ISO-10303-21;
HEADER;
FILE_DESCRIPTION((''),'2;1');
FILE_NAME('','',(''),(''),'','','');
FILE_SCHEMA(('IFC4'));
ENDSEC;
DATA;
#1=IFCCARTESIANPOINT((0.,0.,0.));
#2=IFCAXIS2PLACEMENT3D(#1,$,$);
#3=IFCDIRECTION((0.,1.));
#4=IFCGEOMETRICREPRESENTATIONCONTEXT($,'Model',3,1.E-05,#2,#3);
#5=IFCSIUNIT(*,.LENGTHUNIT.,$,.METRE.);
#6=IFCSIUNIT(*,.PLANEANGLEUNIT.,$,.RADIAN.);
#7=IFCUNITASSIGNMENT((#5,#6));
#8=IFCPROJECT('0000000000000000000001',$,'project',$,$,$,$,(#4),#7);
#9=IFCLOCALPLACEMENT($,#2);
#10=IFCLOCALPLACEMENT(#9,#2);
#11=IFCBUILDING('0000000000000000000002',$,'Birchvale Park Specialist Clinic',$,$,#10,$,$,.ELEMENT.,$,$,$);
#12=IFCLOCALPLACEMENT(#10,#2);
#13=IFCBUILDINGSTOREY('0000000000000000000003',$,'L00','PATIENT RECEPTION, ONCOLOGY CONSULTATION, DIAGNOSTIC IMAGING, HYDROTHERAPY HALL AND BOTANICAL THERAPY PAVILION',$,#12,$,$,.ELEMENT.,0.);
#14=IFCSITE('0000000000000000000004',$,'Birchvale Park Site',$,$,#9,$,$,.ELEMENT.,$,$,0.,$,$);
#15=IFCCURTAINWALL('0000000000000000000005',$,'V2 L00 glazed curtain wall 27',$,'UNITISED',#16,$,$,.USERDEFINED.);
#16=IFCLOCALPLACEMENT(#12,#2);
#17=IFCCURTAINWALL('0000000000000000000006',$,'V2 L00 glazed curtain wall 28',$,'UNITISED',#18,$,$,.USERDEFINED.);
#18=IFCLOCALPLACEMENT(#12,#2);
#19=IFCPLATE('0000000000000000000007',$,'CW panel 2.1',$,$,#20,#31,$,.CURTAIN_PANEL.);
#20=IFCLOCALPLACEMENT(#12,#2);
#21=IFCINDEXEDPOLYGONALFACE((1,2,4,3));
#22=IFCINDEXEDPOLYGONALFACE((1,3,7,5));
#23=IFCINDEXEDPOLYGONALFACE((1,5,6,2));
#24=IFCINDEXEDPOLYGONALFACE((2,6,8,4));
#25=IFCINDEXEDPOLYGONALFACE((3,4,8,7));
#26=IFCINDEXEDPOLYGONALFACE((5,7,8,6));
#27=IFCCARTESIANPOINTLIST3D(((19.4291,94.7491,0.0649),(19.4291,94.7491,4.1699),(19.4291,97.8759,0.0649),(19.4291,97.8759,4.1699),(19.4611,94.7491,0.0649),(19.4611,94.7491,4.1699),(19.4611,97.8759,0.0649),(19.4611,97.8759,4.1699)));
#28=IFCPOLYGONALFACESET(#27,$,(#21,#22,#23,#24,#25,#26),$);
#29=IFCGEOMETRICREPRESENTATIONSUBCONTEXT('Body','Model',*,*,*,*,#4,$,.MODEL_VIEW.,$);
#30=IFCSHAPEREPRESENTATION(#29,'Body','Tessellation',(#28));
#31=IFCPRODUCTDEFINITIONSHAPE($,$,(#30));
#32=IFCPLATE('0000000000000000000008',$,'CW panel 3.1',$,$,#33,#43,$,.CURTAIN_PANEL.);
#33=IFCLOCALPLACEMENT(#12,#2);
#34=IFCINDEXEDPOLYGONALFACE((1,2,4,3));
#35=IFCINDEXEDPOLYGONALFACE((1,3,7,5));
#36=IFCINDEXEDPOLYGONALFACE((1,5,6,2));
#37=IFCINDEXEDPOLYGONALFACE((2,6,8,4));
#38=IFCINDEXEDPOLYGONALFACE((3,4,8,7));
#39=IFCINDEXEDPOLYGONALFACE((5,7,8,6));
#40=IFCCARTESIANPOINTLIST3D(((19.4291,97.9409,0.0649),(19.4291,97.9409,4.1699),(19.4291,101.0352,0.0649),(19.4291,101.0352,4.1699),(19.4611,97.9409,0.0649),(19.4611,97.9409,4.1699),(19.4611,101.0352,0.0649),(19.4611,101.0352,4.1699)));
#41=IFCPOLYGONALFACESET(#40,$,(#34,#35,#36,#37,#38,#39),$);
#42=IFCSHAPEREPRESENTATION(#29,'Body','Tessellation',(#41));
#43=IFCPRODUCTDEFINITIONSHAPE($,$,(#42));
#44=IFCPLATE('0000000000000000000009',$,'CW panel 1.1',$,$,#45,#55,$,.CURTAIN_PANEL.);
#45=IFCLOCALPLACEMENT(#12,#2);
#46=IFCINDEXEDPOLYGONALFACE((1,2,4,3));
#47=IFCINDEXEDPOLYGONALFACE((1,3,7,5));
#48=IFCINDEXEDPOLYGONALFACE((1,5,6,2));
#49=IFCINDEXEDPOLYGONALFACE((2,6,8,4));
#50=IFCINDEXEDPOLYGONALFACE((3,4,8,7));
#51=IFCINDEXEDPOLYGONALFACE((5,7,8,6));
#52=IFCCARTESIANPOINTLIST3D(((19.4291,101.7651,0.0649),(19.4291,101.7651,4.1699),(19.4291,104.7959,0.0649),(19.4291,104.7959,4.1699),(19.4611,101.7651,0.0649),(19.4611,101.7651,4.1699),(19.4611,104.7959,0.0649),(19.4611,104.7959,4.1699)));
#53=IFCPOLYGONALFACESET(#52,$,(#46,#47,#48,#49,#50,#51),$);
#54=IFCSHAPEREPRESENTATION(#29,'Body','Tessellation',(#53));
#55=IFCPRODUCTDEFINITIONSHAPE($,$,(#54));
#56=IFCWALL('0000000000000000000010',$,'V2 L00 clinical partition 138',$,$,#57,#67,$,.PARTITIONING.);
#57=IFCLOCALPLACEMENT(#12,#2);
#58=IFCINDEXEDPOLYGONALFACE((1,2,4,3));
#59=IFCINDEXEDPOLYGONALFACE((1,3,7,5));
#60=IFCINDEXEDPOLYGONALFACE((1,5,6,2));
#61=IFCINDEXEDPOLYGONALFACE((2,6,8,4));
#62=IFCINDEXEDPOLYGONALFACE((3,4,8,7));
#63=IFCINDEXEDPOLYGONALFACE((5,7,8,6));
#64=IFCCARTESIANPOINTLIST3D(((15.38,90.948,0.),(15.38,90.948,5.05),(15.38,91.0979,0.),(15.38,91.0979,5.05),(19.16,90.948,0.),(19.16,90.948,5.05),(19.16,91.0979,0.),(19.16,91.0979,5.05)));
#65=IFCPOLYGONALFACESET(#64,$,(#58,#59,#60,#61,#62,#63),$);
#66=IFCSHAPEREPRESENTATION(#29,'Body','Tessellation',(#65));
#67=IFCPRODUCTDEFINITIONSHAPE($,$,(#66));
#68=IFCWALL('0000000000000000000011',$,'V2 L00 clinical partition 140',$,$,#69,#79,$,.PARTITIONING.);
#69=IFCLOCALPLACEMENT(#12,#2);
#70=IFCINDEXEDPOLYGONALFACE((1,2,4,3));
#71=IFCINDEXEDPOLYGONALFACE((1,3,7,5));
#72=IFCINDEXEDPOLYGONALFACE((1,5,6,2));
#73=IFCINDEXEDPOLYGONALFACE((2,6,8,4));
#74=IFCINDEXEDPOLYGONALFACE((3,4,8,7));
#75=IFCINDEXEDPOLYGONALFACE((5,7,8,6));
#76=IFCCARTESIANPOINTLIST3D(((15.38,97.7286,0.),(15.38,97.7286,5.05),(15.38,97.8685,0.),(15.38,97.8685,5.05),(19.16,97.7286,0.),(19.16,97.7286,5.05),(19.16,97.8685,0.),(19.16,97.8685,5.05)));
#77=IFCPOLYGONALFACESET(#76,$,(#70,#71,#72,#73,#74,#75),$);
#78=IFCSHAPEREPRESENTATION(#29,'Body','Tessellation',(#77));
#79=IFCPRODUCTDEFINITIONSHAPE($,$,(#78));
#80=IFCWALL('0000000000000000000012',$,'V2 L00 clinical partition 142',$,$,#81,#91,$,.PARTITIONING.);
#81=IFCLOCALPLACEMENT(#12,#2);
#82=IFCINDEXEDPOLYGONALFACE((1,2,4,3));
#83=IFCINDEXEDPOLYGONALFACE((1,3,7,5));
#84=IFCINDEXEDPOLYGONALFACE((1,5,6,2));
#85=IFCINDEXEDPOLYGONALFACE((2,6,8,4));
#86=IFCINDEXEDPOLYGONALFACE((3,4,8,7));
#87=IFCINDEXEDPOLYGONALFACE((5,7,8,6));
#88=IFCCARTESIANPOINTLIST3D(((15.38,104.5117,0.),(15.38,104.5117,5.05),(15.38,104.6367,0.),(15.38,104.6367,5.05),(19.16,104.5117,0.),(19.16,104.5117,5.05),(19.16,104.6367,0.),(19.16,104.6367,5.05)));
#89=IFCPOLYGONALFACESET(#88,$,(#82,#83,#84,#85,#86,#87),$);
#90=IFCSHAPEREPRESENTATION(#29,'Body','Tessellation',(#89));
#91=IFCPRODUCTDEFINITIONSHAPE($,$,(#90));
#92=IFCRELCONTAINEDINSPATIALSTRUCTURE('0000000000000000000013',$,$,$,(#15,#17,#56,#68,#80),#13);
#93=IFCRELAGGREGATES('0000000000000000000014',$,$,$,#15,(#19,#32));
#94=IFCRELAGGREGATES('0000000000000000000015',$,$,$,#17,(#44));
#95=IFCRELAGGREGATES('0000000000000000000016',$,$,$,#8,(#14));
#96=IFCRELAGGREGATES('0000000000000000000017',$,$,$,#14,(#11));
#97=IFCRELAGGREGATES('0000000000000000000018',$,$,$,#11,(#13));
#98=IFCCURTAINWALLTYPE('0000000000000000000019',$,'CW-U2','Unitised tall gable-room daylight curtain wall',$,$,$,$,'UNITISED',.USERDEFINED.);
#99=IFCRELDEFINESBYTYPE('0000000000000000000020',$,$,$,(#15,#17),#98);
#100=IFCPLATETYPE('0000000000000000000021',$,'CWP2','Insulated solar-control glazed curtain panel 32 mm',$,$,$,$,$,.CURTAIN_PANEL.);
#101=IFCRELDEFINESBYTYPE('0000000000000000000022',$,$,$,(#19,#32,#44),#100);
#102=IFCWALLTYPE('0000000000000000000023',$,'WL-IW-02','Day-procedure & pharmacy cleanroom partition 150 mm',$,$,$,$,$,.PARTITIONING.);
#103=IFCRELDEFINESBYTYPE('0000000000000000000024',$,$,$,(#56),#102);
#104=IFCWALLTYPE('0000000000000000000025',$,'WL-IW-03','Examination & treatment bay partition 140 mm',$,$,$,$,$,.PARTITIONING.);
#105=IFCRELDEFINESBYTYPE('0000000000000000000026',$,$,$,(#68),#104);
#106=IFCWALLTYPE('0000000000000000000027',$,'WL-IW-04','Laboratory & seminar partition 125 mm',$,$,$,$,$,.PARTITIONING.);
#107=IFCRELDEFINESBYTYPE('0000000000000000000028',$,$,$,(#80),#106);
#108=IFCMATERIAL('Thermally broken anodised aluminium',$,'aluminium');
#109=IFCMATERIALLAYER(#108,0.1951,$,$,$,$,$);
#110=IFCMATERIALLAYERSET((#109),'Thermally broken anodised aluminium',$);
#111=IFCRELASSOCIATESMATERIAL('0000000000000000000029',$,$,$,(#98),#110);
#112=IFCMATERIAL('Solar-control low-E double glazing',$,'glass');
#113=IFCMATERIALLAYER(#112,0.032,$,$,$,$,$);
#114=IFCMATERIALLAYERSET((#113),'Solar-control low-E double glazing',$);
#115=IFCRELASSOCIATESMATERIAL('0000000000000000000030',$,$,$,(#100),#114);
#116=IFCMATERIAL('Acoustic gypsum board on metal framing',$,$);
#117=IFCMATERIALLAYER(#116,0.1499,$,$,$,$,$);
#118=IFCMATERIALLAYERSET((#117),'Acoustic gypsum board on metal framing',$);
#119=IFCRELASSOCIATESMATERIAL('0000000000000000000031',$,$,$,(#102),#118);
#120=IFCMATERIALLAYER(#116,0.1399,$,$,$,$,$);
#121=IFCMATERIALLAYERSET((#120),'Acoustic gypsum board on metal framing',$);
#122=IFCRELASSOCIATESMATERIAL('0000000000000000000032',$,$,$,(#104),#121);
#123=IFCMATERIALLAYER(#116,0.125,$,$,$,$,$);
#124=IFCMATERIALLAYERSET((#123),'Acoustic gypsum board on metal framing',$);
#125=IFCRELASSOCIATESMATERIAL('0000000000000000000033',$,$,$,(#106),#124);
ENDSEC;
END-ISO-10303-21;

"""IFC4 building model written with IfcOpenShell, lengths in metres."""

from ifc_helpers import new_model, si_unit, direction, frame, frame_2d, origin, origin_2d, place, context, subcontext, project, spatial, rectangle, extrude, material, layer, layer_set, type_object, element, aggregate, save


model = new_model("IFC4")

# Units and contexts
model_context = context("Model", 3, precision=1e-05, world=origin(), true_north=direction((0.0, 1.0)))
body_context = subcontext(model_context, "Body", "Model", "MODEL_VIEW")
ifc_project = project(units=[si_unit("LENGTHUNIT", "METRE"), si_unit("PLANEANGLEUNIT", "RADIAN")], contexts=[model_context])

# Site, building, storey
site_placement = place(None, origin())
site = spatial("IfcSite", under=ifc_project, at=site_placement, Name="Birchvale Park Site", CompositionType="ELEMENT", RefElevation=0.0)
building_placement = place(site_placement, origin())
building = spatial("IfcBuilding", under=site, at=building_placement, Name="Birchvale Park Specialist Clinic", CompositionType="ELEMENT")
storey_placement = place(building_placement, origin())
storey = spatial("IfcBuildingStorey", under=building, at=storey_placement, Name="L00", Description="PATIENT RECEPTION, ONCOLOGY CONSULTATION, DIAGNOSTIC IMAGING, HYDROTHERAPY HALL AND BOTANICAL THERAPY PAVILION", CompositionType="ELEMENT", Elevation=0.0)

# Shared definitions
ifc_material_1 = material(Name="Thermally broken anodised aluminium", Category="aluminium")
ifc_layer_1 = layer(ifc_material_1, 0.1951)
ifc_layer_set_1 = layer_set([ifc_layer_1], Name="Thermally broken anodised aluminium")
curtain_wall_type = type_object("IfcCurtainWallType", Name="CW-U2", Description="Unitised tall gable-room daylight curtain wall", ElementType="UNITISED", PredefinedType="USERDEFINED", material=ifc_layer_set_1)

# Curtain walls
curtain_wall_1_placement = place(storey_placement, origin())
curtain_wall_1 = element("IfcCurtainWall", 1, at=curtain_wall_1_placement, inside=storey, type_object=curtain_wall_type, Name="V2 L00 glazed curtain wall 27", ObjectType="UNITISED", PredefinedType="USERDEFINED")
curtain_wall_2_placement = place(storey_placement, origin())
curtain_wall_2 = element("IfcCurtainWall", 2, at=curtain_wall_2_placement, inside=storey, type_object=curtain_wall_type, Name="V2 L00 glazed curtain wall 28", ObjectType="UNITISED", PredefinedType="USERDEFINED")

# Plates
ifc_material_2 = material(Name="Solar-control low-E double glazing", Category="glass")
ifc_layer_2 = layer(ifc_material_2, 0.032)
ifc_layer_set_2 = layer_set([ifc_layer_2], Name="Solar-control low-E double glazing")
plate_type = type_object("IfcPlateType", Name="CWP2", Description="Insulated solar-control glazed curtain panel 32 mm", PredefinedType="CURTAIN_PANEL", material=ifc_layer_set_2)
plate_1_placement = place(storey_placement, frame((19.4451, 96.3125, 0.0649), z_axis=(0.0, 0.0, 1.0), x_axis=(0.0, 1.0, 0.0)))
plate_1 = element("IfcPlate", 3, at=plate_1_placement, type_object=plate_type, Name="CW panel 2.1", PredefinedType="CURTAIN_PANEL", context=body_context, shape_type="SweptSolid", body=[
    extrude(rectangle(XDim=3.1267, YDim=0.032, at=origin_2d()), origin(), (0.0, 0.0, 1.0), 4.105),
])
plate_2_placement = place(storey_placement, frame((19.4451, 99.488, 0.0649), z_axis=(0.0, 0.0, 1.0), x_axis=(0.0, 1.0, 0.0)))
plate_2 = element("IfcPlate", 4, at=plate_2_placement, type_object=plate_type, Name="CW panel 3.1", PredefinedType="CURTAIN_PANEL", context=body_context, shape_type="SweptSolid", body=[
    extrude(rectangle(XDim=3.0942, YDim=0.032, at=origin_2d()), origin(), (0.0, 0.0, 1.0), 4.105),
])
aggregate(curtain_wall_1, [plate_1, plate_2])
plate_3_placement = place(storey_placement, frame((19.4451, 103.2805, 0.0649), z_axis=(0.0, 0.0, 1.0), x_axis=(0.0, 1.0, 0.0)))
plate_3 = element("IfcPlate", 5, at=plate_3_placement, type_object=plate_type, Name="CW panel 1.1", PredefinedType="CURTAIN_PANEL", context=body_context, shape_type="SweptSolid", body=[
    extrude(rectangle(XDim=3.0308, YDim=0.032, at=origin_2d()), origin(), (0.0, 0.0, 1.0), 4.105),
])
aggregate(curtain_wall_2, [plate_3])

# Walls
ifc_material_3 = material(Name="Acoustic gypsum board on metal framing")
ifc_layer_3 = layer(ifc_material_3, 0.1499)
ifc_layer_set_3 = layer_set([ifc_layer_3], Name="Acoustic gypsum board on metal framing")
wall_type_1 = type_object("IfcWallType", Name="WL-IW-02", Description="Day-procedure & pharmacy cleanroom partition 150 mm", PredefinedType="PARTITIONING", material=ifc_layer_set_3)
wall_1_placement = place(storey_placement, frame((15.3799, 91.0229, 0.0), z_axis=(0.0, 0.0, 1.0), x_axis=(1.0, 0.0, 0.0)))
element("IfcWall", 6, at=wall_1_placement, inside=storey, type_object=wall_type_1, Name="V2 L00 clinical partition 138", PredefinedType="PARTITIONING", context=body_context, shape_type="SweptSolid", body=[
    extrude(rectangle(XDim=3.78, YDim=0.1499, at=frame_2d((1.8901, 0.0))), origin(), (0.0, 0.0, 1.0), 5.05),
])
ifc_layer_4 = layer(ifc_material_3, 0.1399)
ifc_layer_set_4 = layer_set([ifc_layer_4], Name="Acoustic gypsum board on metal framing")
wall_type_2 = type_object("IfcWallType", Name="WL-IW-03", Description="Examination & treatment bay partition 140 mm", PredefinedType="PARTITIONING", material=ifc_layer_set_4)
wall_2_placement = place(storey_placement, frame((15.3799, 97.7986, 0.0), z_axis=(0.0, 0.0, 1.0), x_axis=(1.0, 0.0, 0.0)))
element("IfcWall", 7, at=wall_2_placement, inside=storey, type_object=wall_type_2, Name="V2 L00 clinical partition 140", PredefinedType="PARTITIONING", context=body_context, shape_type="SweptSolid", body=[
    extrude(rectangle(XDim=3.78, YDim=0.1399, at=frame_2d((1.8901, 0.0))), origin(), (0.0, 0.0, 1.0), 5.05),
])
ifc_layer_5 = layer(ifc_material_3, 0.125)
ifc_layer_set_5 = layer_set([ifc_layer_5], Name="Acoustic gypsum board on metal framing")
wall_type_3 = type_object("IfcWallType", Name="WL-IW-04", Description="Laboratory & seminar partition 125 mm", PredefinedType="PARTITIONING", material=ifc_layer_set_5)
wall_3_placement = place(storey_placement, frame((15.3799, 104.5742, 0.0), z_axis=(0.0, 0.0, 1.0), x_axis=(1.0, 0.0, 0.0)))
element("IfcWall", 8, at=wall_3_placement, inside=storey, type_object=wall_type_3, Name="V2 L00 clinical partition 142", PredefinedType="PARTITIONING", context=body_context, shape_type="SweptSolid", body=[
    extrude(rectangle(XDim=3.78, YDim=0.125, at=frame_2d((1.8901, 0.0))), origin(), (0.0, 0.0, 1.0), 5.05),
])

save(model, "model.ifc")
